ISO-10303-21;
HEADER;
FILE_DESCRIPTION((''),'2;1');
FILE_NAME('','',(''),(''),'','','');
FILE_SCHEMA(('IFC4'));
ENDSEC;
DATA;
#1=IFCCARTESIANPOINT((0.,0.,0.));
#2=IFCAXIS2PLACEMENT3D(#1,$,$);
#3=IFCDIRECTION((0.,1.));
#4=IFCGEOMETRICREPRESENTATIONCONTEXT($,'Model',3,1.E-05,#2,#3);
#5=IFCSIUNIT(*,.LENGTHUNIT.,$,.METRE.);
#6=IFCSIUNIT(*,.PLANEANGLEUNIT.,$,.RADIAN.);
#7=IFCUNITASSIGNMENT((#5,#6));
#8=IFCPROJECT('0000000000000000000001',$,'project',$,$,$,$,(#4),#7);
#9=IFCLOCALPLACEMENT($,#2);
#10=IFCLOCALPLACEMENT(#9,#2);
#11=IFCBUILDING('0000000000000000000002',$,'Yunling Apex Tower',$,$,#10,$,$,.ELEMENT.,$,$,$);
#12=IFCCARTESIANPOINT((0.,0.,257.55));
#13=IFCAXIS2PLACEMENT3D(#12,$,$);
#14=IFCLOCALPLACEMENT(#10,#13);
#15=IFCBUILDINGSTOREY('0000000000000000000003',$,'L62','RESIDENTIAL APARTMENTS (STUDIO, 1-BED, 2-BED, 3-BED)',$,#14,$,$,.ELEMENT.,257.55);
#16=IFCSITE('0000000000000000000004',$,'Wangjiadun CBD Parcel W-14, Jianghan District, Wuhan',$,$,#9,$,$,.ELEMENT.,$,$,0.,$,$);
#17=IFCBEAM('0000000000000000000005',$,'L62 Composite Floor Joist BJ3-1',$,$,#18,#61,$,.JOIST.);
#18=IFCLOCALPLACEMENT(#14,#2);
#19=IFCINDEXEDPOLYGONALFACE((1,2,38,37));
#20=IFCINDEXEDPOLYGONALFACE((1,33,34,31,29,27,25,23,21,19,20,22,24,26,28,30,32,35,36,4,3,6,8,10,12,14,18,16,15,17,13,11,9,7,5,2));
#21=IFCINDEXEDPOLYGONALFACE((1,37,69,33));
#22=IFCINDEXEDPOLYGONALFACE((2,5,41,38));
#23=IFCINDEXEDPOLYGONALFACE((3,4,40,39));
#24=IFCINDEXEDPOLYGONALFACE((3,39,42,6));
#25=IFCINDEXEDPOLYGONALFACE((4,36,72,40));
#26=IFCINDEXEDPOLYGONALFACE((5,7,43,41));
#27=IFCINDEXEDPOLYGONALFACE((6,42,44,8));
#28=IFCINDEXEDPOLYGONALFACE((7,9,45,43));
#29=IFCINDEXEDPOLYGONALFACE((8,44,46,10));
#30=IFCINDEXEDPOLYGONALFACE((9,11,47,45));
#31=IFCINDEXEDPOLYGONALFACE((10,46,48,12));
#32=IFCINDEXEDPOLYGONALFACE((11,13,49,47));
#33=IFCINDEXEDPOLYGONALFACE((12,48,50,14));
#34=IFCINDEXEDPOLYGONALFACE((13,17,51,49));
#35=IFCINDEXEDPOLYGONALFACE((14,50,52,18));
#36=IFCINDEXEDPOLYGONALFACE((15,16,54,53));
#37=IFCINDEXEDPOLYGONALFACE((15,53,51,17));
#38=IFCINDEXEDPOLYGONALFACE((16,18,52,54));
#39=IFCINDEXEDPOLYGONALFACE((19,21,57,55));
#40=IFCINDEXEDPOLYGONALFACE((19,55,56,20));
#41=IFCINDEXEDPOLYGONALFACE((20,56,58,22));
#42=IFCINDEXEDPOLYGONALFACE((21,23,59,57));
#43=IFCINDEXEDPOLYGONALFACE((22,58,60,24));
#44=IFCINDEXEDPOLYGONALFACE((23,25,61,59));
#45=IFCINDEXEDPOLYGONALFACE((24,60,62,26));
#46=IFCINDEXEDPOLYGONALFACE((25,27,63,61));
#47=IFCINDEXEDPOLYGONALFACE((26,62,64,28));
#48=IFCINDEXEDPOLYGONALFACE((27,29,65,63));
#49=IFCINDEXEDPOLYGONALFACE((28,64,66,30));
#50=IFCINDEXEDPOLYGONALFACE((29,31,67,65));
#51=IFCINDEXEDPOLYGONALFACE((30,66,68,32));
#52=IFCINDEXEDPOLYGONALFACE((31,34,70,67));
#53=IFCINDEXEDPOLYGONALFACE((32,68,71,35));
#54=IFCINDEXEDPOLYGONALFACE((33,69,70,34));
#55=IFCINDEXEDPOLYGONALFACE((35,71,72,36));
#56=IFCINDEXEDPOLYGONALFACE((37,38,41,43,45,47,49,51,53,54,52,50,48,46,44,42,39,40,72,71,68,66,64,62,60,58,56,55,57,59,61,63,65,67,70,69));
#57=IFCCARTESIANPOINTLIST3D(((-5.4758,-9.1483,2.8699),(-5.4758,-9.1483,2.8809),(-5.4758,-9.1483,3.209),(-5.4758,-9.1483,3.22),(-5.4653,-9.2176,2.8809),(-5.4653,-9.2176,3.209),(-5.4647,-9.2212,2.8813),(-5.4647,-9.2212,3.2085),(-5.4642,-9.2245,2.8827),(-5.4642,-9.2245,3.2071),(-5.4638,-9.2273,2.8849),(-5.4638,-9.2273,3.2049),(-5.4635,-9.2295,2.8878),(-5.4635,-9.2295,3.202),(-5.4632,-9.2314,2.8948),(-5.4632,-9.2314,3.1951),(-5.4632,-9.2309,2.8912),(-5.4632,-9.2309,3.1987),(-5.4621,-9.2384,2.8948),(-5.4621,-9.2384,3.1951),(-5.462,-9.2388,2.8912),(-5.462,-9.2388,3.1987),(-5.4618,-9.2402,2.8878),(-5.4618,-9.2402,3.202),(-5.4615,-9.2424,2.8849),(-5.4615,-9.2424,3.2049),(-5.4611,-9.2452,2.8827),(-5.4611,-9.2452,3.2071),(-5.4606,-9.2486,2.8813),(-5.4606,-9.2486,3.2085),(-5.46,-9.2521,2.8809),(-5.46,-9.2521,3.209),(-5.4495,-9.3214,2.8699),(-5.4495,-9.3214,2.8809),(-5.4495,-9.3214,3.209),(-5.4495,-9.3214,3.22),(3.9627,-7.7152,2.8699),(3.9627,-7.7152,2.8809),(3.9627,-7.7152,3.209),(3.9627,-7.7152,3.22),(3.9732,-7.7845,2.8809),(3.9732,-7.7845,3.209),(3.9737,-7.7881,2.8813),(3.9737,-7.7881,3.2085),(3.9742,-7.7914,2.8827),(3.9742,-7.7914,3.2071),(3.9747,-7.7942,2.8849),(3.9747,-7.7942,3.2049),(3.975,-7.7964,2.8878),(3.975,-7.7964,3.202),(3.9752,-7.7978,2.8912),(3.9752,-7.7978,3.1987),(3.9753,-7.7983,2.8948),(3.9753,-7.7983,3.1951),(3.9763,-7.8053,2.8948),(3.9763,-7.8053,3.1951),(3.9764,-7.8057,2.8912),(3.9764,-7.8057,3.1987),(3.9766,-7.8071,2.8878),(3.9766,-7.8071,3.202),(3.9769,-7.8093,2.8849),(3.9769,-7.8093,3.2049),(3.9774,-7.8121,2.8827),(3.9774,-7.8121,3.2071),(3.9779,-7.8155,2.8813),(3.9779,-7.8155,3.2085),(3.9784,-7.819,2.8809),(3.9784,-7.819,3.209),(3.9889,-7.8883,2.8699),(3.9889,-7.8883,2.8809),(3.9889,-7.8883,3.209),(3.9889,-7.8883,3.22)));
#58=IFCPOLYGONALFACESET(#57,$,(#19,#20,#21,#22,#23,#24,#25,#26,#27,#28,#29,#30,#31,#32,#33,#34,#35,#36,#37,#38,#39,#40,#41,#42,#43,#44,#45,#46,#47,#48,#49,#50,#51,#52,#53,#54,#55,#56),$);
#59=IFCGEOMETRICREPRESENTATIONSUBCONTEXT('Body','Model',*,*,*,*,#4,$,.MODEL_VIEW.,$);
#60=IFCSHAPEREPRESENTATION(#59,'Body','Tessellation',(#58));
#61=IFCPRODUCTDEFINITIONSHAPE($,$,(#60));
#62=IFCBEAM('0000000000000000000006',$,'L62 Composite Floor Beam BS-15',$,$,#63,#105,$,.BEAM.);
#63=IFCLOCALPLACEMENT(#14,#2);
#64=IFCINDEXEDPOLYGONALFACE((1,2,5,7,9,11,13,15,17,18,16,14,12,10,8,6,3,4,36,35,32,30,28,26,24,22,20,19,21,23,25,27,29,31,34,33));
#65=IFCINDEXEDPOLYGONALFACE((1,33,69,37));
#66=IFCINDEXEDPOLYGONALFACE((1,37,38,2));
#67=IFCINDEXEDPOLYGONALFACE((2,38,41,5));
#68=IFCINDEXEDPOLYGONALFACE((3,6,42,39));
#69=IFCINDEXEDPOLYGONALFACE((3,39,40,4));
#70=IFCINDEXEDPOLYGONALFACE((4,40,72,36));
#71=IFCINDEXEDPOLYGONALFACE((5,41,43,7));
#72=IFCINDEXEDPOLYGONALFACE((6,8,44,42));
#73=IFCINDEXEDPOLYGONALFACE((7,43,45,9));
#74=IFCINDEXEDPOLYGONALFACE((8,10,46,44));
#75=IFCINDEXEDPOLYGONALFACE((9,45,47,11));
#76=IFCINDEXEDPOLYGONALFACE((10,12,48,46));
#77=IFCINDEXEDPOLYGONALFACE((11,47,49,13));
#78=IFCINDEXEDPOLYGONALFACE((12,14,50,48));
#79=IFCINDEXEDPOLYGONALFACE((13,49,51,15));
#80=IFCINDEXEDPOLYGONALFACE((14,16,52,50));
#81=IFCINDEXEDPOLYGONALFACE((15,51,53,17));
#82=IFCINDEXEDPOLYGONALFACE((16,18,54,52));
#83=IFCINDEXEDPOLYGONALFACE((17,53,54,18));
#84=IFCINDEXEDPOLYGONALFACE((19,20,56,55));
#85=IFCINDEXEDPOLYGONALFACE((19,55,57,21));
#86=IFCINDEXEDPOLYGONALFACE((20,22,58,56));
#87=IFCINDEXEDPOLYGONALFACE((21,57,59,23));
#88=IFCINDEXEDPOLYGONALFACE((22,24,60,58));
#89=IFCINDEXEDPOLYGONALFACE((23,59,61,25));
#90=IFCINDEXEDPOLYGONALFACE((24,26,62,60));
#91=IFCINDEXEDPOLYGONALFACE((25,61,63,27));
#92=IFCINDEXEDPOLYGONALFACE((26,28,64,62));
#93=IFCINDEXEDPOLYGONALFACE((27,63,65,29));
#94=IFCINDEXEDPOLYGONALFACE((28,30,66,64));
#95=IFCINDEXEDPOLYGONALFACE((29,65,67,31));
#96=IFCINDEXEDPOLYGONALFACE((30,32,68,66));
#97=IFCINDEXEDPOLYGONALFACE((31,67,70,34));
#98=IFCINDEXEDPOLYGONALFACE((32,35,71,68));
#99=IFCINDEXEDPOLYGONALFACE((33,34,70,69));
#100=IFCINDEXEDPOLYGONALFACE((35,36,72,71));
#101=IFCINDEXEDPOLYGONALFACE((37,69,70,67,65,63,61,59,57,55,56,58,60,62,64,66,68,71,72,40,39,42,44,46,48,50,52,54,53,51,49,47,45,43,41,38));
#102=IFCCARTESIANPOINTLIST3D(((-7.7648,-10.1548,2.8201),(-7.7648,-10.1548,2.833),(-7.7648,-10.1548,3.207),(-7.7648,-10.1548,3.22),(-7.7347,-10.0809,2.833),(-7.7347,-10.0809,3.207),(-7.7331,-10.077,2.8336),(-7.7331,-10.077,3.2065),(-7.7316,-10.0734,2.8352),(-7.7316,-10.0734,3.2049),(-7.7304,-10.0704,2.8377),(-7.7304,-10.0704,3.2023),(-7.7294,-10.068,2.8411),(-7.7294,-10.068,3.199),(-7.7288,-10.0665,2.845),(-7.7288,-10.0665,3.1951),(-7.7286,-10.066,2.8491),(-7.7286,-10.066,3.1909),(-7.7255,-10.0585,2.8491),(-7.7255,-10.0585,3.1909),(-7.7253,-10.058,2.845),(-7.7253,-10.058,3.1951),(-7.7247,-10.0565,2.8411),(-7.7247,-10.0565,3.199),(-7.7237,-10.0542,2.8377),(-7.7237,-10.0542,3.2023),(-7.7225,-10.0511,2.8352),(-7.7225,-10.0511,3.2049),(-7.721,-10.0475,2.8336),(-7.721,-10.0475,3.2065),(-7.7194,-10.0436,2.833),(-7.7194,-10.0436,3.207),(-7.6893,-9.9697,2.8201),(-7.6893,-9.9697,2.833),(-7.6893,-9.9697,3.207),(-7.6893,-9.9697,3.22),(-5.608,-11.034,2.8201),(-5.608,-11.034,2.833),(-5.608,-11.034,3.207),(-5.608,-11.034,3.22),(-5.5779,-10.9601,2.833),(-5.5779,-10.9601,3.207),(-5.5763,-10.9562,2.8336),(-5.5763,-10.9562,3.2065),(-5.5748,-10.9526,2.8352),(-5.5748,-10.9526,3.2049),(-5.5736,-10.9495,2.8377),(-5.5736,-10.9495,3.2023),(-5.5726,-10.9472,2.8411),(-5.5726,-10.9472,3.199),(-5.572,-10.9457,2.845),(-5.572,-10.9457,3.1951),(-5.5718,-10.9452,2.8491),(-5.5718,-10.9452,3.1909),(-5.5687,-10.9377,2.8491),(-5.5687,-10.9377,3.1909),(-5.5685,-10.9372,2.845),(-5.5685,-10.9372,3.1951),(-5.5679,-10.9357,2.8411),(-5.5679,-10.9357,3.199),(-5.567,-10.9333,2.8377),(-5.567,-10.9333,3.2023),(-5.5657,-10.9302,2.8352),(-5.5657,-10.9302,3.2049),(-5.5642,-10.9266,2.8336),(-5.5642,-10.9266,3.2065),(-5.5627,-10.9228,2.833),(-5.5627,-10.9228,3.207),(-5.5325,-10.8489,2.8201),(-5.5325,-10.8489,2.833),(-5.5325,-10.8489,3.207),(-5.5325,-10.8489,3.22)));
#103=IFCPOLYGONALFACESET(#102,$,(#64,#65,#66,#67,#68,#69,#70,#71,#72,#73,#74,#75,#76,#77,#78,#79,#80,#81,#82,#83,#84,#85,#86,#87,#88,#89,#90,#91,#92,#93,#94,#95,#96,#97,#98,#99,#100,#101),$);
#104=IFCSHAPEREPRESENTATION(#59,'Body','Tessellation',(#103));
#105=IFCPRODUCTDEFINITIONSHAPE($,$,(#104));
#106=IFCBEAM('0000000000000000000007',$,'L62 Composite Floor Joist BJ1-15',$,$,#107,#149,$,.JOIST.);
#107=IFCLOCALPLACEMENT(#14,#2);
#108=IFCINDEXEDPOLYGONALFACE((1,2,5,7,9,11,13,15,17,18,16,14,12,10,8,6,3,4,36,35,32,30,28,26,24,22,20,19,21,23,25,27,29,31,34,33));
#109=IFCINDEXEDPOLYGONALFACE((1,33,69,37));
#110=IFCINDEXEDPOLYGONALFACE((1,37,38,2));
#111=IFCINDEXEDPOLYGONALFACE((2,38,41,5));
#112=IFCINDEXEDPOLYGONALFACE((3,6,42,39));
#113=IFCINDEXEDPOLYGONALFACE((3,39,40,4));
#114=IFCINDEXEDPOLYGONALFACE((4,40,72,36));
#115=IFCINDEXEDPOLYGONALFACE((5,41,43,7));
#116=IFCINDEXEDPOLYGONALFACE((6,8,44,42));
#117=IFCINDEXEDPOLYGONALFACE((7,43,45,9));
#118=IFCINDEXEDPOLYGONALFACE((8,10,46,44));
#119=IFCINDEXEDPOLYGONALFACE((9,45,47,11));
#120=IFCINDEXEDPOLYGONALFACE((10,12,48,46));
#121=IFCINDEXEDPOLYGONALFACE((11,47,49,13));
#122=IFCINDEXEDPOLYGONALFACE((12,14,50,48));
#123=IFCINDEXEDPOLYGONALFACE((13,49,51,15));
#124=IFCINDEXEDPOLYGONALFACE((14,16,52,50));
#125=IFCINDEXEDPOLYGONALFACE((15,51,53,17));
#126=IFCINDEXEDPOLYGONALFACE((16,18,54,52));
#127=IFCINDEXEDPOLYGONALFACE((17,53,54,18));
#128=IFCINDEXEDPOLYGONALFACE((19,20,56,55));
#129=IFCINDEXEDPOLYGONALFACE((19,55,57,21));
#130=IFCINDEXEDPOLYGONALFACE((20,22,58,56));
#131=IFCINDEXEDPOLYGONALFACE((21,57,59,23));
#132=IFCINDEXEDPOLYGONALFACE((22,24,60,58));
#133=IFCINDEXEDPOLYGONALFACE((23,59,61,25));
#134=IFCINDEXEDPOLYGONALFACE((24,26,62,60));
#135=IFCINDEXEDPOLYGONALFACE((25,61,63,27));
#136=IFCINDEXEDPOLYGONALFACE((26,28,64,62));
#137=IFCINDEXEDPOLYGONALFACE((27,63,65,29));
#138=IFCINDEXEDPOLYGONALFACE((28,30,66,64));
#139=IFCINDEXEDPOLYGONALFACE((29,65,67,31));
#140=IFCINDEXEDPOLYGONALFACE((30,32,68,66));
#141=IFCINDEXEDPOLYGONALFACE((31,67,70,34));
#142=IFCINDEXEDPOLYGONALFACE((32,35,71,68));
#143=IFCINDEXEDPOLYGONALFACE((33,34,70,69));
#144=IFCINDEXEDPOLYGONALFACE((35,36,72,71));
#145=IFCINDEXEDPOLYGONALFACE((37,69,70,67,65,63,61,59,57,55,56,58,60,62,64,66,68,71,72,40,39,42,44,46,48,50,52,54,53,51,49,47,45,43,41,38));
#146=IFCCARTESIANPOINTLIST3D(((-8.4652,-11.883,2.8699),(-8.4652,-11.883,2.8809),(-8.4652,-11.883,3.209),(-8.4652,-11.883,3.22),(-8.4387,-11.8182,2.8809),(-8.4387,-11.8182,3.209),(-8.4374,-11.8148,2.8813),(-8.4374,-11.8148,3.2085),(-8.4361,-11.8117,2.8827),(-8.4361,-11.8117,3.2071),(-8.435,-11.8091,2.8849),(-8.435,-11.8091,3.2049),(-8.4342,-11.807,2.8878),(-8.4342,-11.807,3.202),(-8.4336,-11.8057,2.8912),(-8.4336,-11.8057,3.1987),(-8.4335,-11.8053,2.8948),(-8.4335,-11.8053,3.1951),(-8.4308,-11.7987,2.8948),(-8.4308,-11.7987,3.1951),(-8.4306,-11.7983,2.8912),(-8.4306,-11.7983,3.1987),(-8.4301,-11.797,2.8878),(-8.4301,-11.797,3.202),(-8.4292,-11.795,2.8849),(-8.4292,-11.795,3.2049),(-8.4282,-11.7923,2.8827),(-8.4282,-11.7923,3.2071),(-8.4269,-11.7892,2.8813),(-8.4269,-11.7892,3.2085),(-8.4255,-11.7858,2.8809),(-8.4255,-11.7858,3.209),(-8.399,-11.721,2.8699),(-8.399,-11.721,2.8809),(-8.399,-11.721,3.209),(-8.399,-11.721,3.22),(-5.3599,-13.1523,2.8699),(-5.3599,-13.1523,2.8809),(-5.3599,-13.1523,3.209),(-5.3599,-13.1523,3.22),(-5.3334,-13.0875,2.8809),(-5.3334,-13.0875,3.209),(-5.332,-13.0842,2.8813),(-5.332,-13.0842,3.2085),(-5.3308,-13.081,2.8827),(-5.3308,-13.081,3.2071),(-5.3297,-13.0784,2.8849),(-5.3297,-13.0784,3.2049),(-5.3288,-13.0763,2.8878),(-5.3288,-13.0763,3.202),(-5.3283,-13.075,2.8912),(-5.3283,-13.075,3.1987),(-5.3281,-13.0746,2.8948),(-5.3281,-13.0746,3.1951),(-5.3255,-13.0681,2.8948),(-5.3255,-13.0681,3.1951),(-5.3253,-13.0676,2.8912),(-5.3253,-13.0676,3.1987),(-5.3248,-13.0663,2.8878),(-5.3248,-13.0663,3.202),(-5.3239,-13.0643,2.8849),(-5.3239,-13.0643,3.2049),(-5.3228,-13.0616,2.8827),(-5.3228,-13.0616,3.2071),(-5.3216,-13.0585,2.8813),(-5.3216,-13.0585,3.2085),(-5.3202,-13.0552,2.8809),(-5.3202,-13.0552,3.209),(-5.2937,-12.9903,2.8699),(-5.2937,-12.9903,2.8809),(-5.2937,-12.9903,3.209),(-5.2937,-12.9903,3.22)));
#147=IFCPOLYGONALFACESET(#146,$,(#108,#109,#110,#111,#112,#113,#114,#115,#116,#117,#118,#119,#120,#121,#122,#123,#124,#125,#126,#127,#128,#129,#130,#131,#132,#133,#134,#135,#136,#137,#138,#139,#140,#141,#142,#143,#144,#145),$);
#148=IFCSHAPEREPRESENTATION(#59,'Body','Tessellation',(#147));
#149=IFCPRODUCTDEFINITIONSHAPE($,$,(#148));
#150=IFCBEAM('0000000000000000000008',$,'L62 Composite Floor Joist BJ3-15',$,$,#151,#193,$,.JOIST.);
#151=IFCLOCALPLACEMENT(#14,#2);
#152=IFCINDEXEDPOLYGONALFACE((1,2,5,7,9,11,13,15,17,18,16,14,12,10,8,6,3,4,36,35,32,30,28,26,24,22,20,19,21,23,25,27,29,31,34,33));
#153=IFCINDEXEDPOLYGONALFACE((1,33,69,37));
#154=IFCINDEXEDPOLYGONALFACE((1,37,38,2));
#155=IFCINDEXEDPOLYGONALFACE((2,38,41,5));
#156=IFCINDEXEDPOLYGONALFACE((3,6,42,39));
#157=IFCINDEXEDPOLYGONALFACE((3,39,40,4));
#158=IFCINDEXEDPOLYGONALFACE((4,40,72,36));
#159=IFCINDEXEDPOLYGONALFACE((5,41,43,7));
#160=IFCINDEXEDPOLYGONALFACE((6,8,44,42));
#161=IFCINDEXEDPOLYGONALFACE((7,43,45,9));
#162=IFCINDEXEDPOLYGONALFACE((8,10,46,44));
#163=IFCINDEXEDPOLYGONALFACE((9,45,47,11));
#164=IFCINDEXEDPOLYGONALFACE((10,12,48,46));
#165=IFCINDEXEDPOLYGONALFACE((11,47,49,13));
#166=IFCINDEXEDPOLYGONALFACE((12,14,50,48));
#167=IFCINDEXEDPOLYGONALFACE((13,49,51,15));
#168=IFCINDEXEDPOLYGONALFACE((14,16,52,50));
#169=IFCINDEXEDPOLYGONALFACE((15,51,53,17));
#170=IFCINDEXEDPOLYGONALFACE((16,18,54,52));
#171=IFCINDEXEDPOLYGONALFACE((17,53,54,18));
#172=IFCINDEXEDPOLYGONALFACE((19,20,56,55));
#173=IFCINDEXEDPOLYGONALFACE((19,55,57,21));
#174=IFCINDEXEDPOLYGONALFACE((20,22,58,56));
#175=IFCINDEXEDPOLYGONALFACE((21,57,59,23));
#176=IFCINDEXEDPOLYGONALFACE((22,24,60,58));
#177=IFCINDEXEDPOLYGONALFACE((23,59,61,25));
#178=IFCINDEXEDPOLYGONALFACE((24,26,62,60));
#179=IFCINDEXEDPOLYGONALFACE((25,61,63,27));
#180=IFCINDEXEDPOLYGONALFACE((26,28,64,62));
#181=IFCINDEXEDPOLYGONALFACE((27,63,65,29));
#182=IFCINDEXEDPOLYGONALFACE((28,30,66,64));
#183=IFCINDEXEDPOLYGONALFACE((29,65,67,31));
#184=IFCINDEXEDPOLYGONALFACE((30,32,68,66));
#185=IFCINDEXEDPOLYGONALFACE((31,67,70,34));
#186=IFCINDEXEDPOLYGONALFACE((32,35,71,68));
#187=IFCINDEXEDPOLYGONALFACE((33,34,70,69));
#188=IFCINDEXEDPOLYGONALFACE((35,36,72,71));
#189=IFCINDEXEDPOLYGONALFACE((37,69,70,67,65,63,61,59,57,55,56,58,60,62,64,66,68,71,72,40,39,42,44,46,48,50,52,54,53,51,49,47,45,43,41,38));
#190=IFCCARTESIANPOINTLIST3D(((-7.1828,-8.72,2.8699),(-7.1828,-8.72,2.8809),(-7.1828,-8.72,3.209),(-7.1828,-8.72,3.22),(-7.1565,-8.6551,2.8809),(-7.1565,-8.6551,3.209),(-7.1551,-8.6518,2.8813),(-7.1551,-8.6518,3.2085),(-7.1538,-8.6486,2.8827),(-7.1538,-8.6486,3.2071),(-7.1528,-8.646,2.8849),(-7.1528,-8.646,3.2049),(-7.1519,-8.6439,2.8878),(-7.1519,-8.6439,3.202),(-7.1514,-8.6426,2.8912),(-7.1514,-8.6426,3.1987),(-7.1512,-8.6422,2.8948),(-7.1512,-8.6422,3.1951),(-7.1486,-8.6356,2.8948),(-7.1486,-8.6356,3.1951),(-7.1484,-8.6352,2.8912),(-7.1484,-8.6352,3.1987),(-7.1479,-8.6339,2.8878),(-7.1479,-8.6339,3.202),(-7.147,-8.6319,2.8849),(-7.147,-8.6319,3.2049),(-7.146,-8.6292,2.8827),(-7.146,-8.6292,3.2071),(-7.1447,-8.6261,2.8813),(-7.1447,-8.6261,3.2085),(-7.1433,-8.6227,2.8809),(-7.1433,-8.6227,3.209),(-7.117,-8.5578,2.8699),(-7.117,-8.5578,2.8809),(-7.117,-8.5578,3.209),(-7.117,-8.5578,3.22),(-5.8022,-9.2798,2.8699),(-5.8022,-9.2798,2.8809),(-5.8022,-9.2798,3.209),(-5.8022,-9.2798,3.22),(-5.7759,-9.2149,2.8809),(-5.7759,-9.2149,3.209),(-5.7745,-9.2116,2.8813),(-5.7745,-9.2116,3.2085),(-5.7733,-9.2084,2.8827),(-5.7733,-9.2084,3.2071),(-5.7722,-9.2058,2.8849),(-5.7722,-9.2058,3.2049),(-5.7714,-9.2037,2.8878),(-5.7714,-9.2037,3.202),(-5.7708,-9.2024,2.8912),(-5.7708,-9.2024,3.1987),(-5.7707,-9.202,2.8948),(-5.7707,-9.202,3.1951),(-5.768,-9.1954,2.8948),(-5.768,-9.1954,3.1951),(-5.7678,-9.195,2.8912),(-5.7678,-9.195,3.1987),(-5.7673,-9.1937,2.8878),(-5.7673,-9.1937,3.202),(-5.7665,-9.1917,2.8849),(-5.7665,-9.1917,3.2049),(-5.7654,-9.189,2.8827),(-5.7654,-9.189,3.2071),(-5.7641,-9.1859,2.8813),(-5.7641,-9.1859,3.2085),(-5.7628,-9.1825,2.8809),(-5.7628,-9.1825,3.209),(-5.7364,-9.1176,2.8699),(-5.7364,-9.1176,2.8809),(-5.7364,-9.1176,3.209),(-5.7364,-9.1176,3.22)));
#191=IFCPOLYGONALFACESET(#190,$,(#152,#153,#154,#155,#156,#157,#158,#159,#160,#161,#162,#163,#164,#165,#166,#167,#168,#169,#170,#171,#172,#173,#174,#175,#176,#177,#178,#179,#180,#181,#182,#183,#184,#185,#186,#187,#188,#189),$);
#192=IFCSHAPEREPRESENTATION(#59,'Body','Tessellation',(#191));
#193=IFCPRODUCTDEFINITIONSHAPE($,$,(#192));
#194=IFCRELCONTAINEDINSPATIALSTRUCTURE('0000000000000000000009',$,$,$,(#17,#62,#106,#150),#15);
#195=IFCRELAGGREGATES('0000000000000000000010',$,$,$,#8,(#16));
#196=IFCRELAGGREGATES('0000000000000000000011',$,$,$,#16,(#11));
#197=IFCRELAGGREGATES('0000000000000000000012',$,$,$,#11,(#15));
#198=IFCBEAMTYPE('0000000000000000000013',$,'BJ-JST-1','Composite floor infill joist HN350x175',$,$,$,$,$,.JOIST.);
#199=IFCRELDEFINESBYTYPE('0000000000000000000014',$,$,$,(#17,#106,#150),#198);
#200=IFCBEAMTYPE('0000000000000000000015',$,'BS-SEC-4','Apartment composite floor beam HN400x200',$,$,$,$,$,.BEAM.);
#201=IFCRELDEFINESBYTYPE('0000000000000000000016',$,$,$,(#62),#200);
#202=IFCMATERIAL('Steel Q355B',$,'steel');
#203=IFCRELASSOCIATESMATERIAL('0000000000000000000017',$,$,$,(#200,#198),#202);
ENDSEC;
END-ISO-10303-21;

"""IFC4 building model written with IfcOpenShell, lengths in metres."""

from ifc_helpers import new_model, si_unit, direction, frame, origin, origin_2d, place, context, subcontext, project, spatial, i_section, extrude, source, transform, mapped, material, material_profile, profile_set, type_object, element, save


model = new_model("IFC4")

# Units and contexts
model_context = context("Model", 3, precision=1e-05, world=origin(), true_north=direction((0.0, 1.0)))
body_context = subcontext(model_context, "Body", "Model", "MODEL_VIEW")
ifc_project = project(units=[si_unit("LENGTHUNIT", "METRE"), si_unit("PLANEANGLEUNIT", "RADIAN")], contexts=[model_context])

# Site, building, storey
site_placement = place(None, origin())
site = spatial("IfcSite", under=ifc_project, at=site_placement, Name="Wangjiadun CBD Parcel W-14, Jianghan District, Wuhan", CompositionType="ELEMENT", RefElevation=0.0)
building_placement = place(site_placement, origin())
building = spatial("IfcBuilding", under=site, at=building_placement, Name="Yunling Apex Tower", CompositionType="ELEMENT")
storey_placement = place(building_placement, frame((0.0, 0.0, 257.55)))
storey = spatial("IfcBuildingStorey", under=building, at=storey_placement, Name="L62", Description="RESIDENTIAL APARTMENTS (STUDIO, 1-BED, 2-BED, 3-BED)", CompositionType="ELEMENT", Elevation=257.55)

# Shared definitions
ifc_material_1 = material(Name="Steel Q355B", Category="steel")

# Beams
ifc_material_profile_1 = material_profile(ifc_material_1, i_section(OverallWidth=0.2, OverallDepth=0.3999, WebThickness=0.0081, FlangeThickness=0.0129, FilletRadius=0.0161, at=origin_2d()))
ifc_profile_set_1 = profile_set([ifc_material_profile_1], Name="Steel Q355B")
beam_type_1 = type_object("IfcBeamType", Name="BS-SEC-4", Description="Apartment composite floor beam HN400x200", PredefinedType="BEAM", material=ifc_profile_set_1)
ifc_material_profile_2 = material_profile(ifc_material_1, i_section(OverallWidth=0.175, OverallDepth=0.3501, WebThickness=0.0071, FlangeThickness=0.011, FilletRadius=0.0139, at=origin_2d()))
ifc_profile_set_2 = profile_set([ifc_material_profile_2], Name="Steel Q355B")
beam_type_2 = type_object("IfcBeamType", Name="BJ-JST-1", Description="Composite floor infill joist HN350x175", PredefinedType="JOIST", material=ifc_profile_set_2)
shared_shape_1 = source(origin(), body_context, "Body", "SweptSolid", [
    extrude(i_section(OverallWidth=0.175, OverallDepth=0.3501, WebThickness=0.0071, FlangeThickness=0.011, FilletRadius=0.0139, at=origin_2d()), origin(), (0.0, 0.0, 1.0), 9.5466),
])
beam_1_placement = place(storey_placement, frame((-5.4626, -9.2349, 3.0449), z_axis=(0.988668, 0.150116, 0.0), x_axis=(-0.150116, 0.988668, 0.0)))
element("IfcBeam", 1, at=beam_1_placement, inside=storey, type_object=beam_type_2, Name="L62 Composite Floor Joist BJ3-1", PredefinedType="JOIST", context=body_context, shape_type="MappedRepresentation", body=[
    mapped(shared_shape_1, transform((0.0, 0.0, 0.0), scale=1.0)),
])
shared_shape_2 = source(origin(), body_context, "Body", "SweptSolid", [
    extrude(i_section(OverallWidth=0.2, OverallDepth=0.3999, WebThickness=0.0081, FlangeThickness=0.0129, FilletRadius=0.0161, at=origin_2d()), origin(), (0.0, 0.0, 1.0), 2.3291),
])
beam_2_placement = place(storey_placement, frame((-7.7271, -10.0623, 3.02), z_axis=(0.92602, -0.377473, 0.0), x_axis=(0.377473, 0.92602, 0.0)))
element("IfcBeam", 2, at=beam_2_placement, inside=storey, type_object=beam_type_1, Name="L62 Composite Floor Beam BS-15", PredefinedType="BEAM", context=body_context, shape_type="MappedRepresentation", body=[
    mapped(shared_shape_2, transform((0.0, 0.0, 0.0), scale=1.0)),
])
shared_shape_3 = source(origin(), body_context, "Body", "SweptSolid", [
    extrude(i_section(OverallWidth=0.175, OverallDepth=0.3501, WebThickness=0.0071, FlangeThickness=0.011, FilletRadius=0.0139, at=origin_2d()), origin(), (0.0, 0.0, 1.0), 3.3547),
])
beam_3_placement = place(storey_placement, frame((-8.4321, -11.802, 3.0449), z_axis=(0.925655, -0.378369, 0.0), x_axis=(0.378369, 0.925655, 0.0)))
element("IfcBeam", 3, at=beam_3_placement, inside=storey, type_object=beam_type_2, Name="L62 Composite Floor Joist BJ1-15", PredefinedType="JOIST", context=body_context, shape_type="MappedRepresentation", body=[
    mapped(shared_shape_3, transform((0.0, 0.0, 0.0), scale=1.0)),
])
shared_shape_4 = source(origin(), body_context, "Body", "SweptSolid", [
    extrude(i_section(OverallWidth=0.175, OverallDepth=0.3501, WebThickness=0.0071, FlangeThickness=0.011, FilletRadius=0.0139, at=origin_2d()), origin(), (0.0, 0.0, 1.0), 1.4897),
])
beam_4_placement = place(storey_placement, frame((-7.1499, -8.6389, 3.0449), z_axis=(0.926715, -0.375766, 0.0), x_axis=(0.375766, 0.926715, 0.0)))
element("IfcBeam", 4, at=beam_4_placement, inside=storey, type_object=beam_type_2, Name="L62 Composite Floor Joist BJ3-15", PredefinedType="JOIST", context=body_context, shape_type="MappedRepresentation", body=[
    mapped(shared_shape_4, transform((0.0, 0.0, 0.0), scale=1.0)),
])

save(model, "model.ifc")
